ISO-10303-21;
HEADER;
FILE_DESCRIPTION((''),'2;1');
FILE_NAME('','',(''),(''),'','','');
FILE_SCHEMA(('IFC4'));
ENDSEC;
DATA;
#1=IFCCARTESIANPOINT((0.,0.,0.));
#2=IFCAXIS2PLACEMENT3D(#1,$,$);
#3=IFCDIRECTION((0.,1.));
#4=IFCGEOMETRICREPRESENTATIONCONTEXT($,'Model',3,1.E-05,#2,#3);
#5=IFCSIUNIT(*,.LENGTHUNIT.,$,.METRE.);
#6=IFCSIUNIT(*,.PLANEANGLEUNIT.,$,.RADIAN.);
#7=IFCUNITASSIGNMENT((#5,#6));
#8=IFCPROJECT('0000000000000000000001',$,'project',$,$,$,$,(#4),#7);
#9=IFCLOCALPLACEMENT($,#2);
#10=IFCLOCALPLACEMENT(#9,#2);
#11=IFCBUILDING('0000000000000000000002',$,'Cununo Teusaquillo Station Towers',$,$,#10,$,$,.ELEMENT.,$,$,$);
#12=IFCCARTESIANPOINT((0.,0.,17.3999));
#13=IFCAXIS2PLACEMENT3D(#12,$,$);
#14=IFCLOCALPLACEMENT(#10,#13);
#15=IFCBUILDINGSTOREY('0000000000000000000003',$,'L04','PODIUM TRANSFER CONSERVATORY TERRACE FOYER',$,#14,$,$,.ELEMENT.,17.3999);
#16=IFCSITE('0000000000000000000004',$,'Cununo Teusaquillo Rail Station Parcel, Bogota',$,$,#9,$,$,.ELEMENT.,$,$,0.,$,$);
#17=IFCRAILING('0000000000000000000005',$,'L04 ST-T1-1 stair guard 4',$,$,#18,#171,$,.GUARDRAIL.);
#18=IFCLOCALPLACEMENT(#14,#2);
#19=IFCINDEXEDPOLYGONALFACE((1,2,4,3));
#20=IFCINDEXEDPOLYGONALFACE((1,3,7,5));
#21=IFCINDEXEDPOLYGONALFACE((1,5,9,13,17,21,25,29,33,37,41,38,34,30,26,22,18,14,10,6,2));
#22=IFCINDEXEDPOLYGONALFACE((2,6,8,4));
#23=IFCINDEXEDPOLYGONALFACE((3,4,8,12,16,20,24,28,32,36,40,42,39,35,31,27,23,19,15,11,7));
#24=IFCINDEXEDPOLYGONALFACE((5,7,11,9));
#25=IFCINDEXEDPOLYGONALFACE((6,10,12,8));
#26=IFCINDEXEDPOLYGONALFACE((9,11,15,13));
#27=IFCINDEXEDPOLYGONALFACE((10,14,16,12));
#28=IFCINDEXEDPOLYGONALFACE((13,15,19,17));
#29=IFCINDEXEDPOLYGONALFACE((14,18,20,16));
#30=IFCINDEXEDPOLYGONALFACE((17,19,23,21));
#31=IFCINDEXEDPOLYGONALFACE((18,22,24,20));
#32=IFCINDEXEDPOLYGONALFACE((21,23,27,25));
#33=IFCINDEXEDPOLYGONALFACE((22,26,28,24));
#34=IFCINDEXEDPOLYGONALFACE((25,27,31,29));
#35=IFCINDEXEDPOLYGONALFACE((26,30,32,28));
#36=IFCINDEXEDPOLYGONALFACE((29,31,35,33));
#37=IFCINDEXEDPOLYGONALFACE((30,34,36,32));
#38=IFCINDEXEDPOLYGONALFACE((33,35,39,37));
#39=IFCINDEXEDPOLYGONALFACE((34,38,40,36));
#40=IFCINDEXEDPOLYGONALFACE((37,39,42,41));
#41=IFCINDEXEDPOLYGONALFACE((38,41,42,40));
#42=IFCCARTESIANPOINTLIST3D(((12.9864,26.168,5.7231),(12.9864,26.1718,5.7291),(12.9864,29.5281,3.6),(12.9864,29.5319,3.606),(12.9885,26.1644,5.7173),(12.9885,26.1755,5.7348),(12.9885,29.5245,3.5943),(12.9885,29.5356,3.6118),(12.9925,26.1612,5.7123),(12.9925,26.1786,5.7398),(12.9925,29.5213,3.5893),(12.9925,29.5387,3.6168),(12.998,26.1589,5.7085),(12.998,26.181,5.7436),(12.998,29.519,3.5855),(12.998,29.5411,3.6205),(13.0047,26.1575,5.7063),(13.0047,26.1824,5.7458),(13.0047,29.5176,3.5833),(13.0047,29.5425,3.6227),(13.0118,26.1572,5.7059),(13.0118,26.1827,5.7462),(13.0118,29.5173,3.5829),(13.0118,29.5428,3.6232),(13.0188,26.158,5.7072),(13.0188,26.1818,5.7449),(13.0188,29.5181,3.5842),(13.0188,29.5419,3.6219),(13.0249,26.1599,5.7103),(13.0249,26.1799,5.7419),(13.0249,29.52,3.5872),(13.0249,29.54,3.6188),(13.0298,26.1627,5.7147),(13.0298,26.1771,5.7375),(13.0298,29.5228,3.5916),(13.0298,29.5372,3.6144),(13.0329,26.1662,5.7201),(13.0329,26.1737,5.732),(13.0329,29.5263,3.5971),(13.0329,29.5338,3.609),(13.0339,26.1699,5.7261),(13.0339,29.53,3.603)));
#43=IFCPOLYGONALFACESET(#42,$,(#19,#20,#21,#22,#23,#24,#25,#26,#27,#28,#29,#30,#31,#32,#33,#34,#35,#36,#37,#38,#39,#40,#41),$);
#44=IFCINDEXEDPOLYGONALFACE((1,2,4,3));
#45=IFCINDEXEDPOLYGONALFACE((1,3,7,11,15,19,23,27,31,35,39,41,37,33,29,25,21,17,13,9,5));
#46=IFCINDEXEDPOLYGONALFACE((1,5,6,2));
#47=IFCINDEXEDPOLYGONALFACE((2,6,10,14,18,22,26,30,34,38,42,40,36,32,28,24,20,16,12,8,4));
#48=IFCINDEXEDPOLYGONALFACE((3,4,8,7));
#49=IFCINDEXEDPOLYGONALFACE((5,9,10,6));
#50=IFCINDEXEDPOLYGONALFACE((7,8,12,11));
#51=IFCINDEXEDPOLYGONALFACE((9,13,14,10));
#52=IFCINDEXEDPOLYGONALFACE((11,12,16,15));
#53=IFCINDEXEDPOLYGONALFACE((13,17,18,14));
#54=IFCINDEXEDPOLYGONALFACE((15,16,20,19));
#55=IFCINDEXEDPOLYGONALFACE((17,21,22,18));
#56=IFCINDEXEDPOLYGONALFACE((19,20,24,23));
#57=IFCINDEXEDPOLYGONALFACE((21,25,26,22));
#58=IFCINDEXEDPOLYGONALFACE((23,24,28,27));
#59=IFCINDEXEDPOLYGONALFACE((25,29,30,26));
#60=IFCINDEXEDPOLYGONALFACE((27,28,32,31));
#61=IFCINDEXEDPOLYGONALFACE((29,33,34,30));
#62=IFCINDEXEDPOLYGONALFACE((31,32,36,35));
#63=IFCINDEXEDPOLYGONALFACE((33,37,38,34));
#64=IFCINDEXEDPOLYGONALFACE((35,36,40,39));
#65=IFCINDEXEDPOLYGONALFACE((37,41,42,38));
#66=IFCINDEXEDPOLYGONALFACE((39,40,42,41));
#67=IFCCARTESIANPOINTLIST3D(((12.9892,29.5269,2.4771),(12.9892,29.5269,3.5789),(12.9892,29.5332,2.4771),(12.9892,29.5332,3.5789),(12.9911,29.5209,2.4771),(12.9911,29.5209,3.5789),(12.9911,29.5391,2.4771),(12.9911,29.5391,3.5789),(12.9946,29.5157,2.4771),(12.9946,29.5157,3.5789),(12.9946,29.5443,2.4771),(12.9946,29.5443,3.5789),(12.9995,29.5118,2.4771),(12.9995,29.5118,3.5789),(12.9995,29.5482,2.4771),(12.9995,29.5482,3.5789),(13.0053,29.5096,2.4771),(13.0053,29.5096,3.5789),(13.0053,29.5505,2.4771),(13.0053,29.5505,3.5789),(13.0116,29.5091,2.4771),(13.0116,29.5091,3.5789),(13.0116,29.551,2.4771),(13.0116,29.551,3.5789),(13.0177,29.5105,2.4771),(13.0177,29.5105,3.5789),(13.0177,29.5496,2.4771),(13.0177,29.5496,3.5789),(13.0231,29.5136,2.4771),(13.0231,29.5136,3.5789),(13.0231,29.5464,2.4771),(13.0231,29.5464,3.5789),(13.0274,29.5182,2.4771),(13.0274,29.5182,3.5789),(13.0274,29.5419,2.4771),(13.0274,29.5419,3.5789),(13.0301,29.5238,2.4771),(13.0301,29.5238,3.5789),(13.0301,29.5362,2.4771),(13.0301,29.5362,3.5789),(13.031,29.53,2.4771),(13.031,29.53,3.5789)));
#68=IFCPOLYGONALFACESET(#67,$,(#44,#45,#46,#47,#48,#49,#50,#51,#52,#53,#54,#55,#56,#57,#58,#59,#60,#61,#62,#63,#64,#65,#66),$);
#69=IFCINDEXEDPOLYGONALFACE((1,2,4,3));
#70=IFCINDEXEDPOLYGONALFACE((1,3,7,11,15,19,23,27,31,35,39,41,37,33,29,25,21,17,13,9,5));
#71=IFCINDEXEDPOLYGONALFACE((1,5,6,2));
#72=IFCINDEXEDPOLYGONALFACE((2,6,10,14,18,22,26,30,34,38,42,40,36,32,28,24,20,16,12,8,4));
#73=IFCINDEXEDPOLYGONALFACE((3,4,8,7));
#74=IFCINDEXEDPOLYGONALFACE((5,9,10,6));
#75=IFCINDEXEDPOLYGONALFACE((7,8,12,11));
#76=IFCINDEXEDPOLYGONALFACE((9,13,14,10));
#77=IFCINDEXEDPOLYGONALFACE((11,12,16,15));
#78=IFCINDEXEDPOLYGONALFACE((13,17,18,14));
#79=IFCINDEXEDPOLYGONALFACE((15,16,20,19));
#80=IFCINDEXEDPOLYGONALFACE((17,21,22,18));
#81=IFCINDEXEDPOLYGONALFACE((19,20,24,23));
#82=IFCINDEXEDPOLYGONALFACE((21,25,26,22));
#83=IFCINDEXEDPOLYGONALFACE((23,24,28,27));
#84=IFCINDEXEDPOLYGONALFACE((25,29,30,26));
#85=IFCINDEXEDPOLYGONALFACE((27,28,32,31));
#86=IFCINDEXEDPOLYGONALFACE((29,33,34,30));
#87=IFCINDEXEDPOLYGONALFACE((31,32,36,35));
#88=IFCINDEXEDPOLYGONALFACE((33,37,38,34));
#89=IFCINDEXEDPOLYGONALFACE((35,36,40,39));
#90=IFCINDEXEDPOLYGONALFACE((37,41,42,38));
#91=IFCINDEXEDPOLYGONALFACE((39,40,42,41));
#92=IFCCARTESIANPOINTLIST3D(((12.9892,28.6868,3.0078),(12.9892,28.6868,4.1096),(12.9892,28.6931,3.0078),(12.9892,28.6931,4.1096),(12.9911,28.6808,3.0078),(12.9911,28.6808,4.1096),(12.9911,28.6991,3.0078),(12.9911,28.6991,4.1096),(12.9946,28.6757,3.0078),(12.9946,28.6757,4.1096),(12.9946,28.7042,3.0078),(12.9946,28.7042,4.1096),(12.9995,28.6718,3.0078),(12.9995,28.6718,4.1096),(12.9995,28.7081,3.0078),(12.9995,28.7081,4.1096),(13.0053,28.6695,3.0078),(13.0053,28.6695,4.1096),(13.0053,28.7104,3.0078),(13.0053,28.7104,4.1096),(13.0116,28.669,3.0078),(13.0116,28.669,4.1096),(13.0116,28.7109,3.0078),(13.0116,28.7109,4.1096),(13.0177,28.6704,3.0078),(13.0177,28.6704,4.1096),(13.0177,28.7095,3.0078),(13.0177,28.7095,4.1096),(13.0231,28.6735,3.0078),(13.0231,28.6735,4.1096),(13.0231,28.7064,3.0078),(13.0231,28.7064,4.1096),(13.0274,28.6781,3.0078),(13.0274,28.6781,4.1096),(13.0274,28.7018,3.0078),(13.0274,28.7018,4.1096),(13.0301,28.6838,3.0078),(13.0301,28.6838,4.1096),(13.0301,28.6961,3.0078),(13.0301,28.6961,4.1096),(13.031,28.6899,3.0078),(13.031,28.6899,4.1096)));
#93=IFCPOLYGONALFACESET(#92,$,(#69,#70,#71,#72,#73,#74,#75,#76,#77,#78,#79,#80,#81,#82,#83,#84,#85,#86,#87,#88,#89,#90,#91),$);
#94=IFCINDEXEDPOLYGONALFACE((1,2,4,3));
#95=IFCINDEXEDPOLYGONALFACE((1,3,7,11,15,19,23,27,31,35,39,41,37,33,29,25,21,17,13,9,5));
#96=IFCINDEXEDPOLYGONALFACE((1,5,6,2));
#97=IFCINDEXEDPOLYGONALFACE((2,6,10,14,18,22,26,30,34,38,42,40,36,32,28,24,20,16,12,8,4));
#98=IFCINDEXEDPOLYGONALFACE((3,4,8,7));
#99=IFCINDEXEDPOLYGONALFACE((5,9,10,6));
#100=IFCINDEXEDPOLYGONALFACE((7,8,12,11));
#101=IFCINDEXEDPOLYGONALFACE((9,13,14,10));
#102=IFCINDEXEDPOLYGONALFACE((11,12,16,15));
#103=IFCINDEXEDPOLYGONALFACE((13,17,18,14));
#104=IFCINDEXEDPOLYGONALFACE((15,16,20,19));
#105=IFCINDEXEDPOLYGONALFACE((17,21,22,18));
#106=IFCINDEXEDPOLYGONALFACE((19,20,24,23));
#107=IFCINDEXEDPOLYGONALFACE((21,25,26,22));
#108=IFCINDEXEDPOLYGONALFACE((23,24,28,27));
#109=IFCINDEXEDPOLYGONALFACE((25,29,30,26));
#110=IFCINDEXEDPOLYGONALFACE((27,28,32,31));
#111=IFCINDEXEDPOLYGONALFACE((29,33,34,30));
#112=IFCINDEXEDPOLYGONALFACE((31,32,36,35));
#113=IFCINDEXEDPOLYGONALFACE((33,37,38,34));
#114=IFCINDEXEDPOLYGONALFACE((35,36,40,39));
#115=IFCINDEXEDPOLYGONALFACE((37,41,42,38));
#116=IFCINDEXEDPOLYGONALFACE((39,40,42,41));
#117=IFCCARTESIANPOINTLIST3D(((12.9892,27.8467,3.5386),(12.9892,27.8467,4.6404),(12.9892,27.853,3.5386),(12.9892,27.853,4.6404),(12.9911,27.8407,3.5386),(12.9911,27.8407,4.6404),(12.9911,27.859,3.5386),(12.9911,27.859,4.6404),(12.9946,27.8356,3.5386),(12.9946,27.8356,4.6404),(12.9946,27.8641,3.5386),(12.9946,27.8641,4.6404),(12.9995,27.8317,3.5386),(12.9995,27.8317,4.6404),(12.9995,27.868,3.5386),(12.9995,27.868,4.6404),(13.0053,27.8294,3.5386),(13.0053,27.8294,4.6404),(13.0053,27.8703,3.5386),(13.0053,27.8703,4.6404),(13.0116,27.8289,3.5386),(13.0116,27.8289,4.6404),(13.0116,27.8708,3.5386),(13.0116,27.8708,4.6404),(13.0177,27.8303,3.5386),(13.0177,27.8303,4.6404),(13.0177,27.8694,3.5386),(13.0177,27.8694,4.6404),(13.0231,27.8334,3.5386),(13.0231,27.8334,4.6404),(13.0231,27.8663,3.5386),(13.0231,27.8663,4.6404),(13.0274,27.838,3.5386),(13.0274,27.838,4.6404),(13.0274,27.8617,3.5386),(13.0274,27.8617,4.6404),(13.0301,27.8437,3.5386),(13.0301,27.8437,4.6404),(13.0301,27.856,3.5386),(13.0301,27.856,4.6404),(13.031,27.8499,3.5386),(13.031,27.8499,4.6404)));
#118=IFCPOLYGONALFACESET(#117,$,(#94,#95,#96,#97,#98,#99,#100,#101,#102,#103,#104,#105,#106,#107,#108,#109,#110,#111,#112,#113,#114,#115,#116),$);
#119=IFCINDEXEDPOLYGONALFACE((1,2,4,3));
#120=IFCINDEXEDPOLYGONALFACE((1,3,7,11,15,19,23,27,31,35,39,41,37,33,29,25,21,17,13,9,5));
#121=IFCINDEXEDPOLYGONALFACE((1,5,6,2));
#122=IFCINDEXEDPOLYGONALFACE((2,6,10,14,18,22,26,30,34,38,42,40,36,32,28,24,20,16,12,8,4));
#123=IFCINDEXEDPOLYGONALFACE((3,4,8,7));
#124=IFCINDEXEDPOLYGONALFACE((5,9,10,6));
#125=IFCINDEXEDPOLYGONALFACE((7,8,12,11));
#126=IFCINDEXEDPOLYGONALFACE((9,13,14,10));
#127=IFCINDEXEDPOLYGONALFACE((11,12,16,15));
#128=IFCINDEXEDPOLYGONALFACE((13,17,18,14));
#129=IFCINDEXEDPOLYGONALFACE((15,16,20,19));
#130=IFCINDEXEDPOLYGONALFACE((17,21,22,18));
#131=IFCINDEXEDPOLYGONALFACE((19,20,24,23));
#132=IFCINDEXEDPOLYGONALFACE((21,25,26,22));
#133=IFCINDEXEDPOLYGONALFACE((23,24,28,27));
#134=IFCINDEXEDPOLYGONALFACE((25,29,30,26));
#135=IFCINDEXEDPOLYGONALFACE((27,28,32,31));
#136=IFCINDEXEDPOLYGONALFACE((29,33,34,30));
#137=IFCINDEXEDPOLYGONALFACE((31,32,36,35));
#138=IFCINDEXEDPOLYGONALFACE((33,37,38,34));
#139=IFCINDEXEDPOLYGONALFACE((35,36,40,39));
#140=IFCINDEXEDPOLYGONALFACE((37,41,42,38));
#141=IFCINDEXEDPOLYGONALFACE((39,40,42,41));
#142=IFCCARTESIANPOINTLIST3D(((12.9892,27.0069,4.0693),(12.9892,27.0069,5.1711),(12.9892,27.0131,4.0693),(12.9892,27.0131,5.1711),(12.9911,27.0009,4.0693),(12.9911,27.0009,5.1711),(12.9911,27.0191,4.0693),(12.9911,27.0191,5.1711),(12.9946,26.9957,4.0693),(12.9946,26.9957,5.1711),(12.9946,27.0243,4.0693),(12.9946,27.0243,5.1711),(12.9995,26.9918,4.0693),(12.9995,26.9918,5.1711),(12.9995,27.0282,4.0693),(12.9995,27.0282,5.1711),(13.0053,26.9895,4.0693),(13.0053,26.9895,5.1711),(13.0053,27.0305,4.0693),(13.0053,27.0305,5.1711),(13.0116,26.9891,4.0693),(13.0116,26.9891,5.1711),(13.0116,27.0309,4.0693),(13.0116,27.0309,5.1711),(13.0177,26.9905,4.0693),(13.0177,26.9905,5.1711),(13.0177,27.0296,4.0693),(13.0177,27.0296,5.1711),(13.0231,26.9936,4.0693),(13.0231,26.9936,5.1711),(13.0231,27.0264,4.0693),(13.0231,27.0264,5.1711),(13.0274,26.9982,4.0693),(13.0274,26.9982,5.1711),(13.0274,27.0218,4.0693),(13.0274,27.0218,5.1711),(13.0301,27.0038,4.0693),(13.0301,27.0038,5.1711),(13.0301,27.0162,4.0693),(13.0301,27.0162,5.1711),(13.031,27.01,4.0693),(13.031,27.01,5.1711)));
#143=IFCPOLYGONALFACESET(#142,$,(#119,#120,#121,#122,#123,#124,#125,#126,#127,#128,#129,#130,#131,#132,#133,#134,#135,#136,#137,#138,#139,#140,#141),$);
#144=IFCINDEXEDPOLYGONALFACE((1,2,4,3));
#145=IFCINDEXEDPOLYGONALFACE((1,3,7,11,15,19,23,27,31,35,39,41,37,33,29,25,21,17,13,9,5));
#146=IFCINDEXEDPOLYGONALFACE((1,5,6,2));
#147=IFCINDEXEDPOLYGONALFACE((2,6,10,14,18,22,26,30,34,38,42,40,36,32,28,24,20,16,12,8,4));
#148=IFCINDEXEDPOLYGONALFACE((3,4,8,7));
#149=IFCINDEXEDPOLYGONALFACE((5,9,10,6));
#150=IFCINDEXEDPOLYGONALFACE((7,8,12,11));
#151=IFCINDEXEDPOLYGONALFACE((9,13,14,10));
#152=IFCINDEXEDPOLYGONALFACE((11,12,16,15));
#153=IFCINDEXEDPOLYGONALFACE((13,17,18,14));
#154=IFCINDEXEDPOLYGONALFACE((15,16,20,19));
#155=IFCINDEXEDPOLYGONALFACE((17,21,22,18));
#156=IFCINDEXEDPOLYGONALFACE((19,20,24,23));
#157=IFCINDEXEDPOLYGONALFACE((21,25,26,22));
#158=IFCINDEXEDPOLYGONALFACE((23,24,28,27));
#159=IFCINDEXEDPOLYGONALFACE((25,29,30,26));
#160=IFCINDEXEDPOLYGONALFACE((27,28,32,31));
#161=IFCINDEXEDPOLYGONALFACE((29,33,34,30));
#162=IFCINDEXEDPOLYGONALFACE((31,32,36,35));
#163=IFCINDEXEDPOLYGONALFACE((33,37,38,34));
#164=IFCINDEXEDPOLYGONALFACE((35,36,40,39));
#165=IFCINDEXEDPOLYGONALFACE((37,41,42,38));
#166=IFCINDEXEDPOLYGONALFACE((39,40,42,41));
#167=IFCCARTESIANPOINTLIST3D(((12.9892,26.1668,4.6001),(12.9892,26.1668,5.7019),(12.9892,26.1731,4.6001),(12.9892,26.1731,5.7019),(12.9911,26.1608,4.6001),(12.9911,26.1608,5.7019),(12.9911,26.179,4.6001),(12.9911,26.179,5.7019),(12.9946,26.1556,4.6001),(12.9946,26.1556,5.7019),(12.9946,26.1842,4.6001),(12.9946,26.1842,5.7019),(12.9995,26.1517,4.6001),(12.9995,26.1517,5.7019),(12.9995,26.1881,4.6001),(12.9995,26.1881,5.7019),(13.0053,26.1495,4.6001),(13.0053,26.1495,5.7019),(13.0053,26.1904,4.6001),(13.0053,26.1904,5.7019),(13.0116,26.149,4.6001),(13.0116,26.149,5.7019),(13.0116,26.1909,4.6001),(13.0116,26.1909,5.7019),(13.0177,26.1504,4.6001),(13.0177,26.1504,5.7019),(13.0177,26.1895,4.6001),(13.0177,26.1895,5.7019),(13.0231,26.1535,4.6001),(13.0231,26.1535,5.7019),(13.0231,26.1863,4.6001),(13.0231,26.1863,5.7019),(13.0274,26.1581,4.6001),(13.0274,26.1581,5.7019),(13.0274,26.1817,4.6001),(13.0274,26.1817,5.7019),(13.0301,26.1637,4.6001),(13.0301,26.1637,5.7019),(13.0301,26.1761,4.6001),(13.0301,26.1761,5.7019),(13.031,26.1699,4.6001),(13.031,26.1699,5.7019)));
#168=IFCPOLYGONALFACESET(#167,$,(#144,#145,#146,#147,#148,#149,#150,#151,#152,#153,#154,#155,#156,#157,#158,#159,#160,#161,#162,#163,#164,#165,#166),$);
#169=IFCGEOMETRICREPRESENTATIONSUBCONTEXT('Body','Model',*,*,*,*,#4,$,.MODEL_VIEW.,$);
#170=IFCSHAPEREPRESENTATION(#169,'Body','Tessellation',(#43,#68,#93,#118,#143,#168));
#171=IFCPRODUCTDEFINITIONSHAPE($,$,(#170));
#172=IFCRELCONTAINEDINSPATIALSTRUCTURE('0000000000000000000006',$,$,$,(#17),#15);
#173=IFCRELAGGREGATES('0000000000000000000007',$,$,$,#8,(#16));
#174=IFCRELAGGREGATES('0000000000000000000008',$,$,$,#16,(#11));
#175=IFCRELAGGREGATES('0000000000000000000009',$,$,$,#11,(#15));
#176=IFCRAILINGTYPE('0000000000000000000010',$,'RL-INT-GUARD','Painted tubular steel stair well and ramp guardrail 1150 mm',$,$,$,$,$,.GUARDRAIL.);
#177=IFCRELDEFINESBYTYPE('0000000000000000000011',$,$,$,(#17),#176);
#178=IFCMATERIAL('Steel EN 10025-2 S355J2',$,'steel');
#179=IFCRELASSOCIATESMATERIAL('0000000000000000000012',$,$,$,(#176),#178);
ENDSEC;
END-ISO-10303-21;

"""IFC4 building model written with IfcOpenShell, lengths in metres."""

from ifc_helpers import new_model, si_unit, direction, frame, origin, origin_2d, place, context, subcontext, project, spatial, circle, extrude, material, type_object, element, save


model = new_model("IFC4")

# Units and contexts
model_context = context("Model", 3, precision=1e-05, world=origin(), true_north=direction((0.0, 1.0)))
body_context = subcontext(model_context, "Body", "Model", "MODEL_VIEW")
ifc_project = project(units=[si_unit("LENGTHUNIT", "METRE"), si_unit("PLANEANGLEUNIT", "RADIAN")], contexts=[model_context])

# Site, building, storey
site_placement = place(None, origin())
site = spatial("IfcSite", under=ifc_project, at=site_placement, Name="Cununo Teusaquillo Rail Station Parcel, Bogota", CompositionType="ELEMENT", RefElevation=0.0)
building_placement = place(site_placement, origin())
building = spatial("IfcBuilding", under=site, at=building_placement, Name="Cununo Teusaquillo Station Towers", CompositionType="ELEMENT")
storey_placement = place(building_placement, frame((0.0, 0.0, 17.3999)))
storey = spatial("IfcBuildingStorey", under=building, at=storey_placement, Name="L04", Description="PODIUM TRANSFER CONSERVATORY TERRACE FOYER", CompositionType="ELEMENT", Elevation=17.3999)

# Railing
ifc_material_1 = material(Name="Steel EN 10025-2 S355J2", Category="steel")
railing_type_1 = type_object("IfcRailingType", Name="RL-INT-GUARD", Description="Painted tubular steel stair well and ramp guardrail 1150 mm", PredefinedType="GUARDRAIL", material=ifc_material_1)
railing_1_placement = place(storey_placement, frame((13.01, 29.53, 2.4771)))
element("IfcRailing", 1, at=railing_1_placement, inside=storey, type_object=railing_type_1, Name="L04 ST-T1-1 stair guard 4", PredefinedType="GUARDRAIL", context=body_context, shape_type="SweptSolid", body=[
    extrude(circle(Radius=0.0239, at=origin_2d()), frame((0.0, 0.0, 1.126), z_axis=(0.0, -0.84539, 0.53415), x_axis=(1.0, 0.0, 0.0)), (0.0, 0.0, 1.0), 3.9746),
    extrude(circle(Radius=0.021, at=origin_2d()), origin(), (0.0, 0.0, 1.0), 1.1018),
    extrude(circle(Radius=0.021, at=origin_2d()), frame((0.0, -0.8401, 0.5308)), (0.0, 0.0, 1.0), 1.1018),
    extrude(circle(Radius=0.021, at=origin_2d()), frame((0.0, -1.6802, 1.0615)), (0.0, 0.0, 1.0), 1.1018),
    extrude(circle(Radius=0.021, at=origin_2d()), frame((0.0, -2.52, 1.5923)), (0.0, 0.0, 1.0), 1.1018),
    extrude(circle(Radius=0.021, at=origin_2d()), frame((0.0, -3.3601, 2.123)), (0.0, 0.0, 1.0), 1.1018),
])

save(model, "model.ifc")
